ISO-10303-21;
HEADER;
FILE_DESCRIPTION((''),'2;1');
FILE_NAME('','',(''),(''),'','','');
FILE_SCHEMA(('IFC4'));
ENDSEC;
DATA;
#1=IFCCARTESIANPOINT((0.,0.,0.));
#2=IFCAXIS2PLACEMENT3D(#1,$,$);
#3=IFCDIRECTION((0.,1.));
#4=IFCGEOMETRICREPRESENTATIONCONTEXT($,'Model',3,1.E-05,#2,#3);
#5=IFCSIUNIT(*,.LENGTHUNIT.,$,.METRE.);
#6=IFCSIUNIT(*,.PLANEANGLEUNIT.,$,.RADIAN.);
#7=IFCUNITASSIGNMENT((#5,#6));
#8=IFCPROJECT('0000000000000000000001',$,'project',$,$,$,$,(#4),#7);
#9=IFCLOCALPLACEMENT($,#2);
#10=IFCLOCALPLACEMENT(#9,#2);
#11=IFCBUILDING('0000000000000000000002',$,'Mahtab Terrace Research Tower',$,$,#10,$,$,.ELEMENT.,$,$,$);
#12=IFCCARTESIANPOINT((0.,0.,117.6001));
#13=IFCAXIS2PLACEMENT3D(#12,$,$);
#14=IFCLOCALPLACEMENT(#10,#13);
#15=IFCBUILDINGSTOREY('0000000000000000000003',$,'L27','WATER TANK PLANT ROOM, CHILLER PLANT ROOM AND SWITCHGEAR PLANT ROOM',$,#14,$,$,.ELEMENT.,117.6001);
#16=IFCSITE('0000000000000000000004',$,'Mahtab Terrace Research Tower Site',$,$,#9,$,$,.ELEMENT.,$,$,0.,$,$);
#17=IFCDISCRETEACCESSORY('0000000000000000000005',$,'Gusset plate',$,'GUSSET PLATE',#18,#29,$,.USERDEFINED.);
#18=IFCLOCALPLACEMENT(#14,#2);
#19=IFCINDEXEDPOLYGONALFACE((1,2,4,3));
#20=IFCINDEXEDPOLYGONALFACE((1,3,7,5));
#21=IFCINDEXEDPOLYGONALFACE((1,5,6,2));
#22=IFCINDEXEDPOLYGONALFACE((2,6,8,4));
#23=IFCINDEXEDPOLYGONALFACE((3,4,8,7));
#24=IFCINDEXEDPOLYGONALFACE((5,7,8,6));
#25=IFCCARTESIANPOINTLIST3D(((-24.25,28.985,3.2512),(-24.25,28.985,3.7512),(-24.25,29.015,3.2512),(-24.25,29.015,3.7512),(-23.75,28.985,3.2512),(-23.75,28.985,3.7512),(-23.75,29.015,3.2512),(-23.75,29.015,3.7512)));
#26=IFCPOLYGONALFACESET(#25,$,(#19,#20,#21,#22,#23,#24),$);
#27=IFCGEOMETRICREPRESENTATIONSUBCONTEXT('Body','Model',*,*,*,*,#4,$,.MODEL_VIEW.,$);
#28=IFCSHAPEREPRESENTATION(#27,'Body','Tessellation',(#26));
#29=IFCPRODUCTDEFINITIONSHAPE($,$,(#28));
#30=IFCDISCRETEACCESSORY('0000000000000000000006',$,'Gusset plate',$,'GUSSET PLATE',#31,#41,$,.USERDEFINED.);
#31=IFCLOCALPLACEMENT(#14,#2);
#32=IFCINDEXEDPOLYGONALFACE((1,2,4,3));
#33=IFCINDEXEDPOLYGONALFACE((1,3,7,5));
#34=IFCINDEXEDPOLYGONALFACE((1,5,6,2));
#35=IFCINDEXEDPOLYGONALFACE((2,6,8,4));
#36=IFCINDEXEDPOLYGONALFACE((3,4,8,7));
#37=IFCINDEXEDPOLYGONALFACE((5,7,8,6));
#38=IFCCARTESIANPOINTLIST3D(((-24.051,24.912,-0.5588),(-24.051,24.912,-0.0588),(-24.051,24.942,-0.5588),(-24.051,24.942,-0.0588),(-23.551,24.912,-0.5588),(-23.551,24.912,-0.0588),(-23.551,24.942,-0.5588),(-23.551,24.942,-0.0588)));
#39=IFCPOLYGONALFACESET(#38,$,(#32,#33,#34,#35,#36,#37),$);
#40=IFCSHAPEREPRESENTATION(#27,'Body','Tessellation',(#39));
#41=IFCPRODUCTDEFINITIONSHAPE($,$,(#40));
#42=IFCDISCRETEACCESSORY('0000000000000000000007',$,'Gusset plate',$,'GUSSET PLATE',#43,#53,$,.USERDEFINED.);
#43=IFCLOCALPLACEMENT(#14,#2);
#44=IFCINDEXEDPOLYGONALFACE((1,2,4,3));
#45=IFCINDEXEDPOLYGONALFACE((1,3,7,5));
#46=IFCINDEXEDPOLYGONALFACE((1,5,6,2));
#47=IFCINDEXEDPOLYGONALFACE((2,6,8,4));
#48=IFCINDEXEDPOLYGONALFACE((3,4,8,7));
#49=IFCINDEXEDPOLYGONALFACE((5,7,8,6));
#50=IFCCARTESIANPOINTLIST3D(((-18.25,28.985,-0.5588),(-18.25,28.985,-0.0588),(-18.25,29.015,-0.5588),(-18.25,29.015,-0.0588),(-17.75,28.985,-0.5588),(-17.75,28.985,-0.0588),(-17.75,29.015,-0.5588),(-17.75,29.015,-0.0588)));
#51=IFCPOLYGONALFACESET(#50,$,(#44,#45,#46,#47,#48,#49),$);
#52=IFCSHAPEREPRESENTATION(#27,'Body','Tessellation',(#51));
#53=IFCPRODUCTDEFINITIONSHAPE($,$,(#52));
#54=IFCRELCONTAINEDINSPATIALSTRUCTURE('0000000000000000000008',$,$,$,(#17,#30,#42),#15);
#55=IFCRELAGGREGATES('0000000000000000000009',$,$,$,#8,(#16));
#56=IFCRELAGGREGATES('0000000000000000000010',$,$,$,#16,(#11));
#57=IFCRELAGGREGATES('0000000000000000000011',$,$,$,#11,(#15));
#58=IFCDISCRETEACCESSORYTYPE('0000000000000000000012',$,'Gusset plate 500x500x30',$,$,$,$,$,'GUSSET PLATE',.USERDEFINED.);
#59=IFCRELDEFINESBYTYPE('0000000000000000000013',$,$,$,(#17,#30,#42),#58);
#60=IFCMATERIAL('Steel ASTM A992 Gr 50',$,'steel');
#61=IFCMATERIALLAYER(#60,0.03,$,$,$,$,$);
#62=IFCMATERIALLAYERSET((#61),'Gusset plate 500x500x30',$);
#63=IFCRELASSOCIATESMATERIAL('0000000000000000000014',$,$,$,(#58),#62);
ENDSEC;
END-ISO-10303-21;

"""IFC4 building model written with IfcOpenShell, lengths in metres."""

from ifc_helpers import new_model, si_unit, direction, frame, origin, origin_2d, place, context, subcontext, project, spatial, rectangle, extrude, material, layer, layer_set, type_object, element, save


model = new_model("IFC4")

# Units and contexts
model_context = context("Model", 3, precision=1e-05, world=origin(), true_north=direction((0.0, 1.0)))
body_context = subcontext(model_context, "Body", "Model", "MODEL_VIEW")
ifc_project = project(units=[si_unit("LENGTHUNIT", "METRE"), si_unit("PLANEANGLEUNIT", "RADIAN")], contexts=[model_context])

# Site, building, storey
site_placement = place(None, origin())
site = spatial("IfcSite", under=ifc_project, at=site_placement, Name="Mahtab Terrace Research Tower Site", CompositionType="ELEMENT", RefElevation=0.0)
building_placement = place(site_placement, origin())
building = spatial("IfcBuilding", under=site, at=building_placement, Name="Mahtab Terrace Research Tower", CompositionType="ELEMENT")
storey_placement = place(building_placement, frame((0.0, 0.0, 117.6001)))
storey = spatial("IfcBuildingStorey", under=building, at=storey_placement, Name="L27", Description="WATER TANK PLANT ROOM, CHILLER PLANT ROOM AND SWITCHGEAR PLANT ROOM", CompositionType="ELEMENT", Elevation=117.6001)

# Shared definitions
ifc_material_1 = material(Name="Steel ASTM A992 Gr 50", Category="steel")

# Discrete accessories
ifc_layer = layer(ifc_material_1, 0.03)
ifc_layer_set = layer_set([ifc_layer], Name="Gusset plate 500x500x30")
discrete_accessory_type_1 = type_object("IfcDiscreteAccessoryType", Name="Gusset plate 500x500x30", ElementType="GUSSET PLATE", PredefinedType="USERDEFINED", material=ifc_layer_set)
for number, where, z_axis, x_axis, name in (
    (1, (-24.0, 29.0, 3.2512), (0.0, 0.0, 1.0), (1.0, 0.0, 0.0), "Gusset plate"),
    (2, (-23.801, 24.927, -0.5588), (0.0, 0.0, 1.0), (1.0, 0.0, 0.0), "Gusset plate"),
    (3, (-18.0, 29.0, -0.5588), (0.0, 0.0, 1.0), (1.0, 0.0, 0.0), "Gusset plate"),
):
    element("IfcDiscreteAccessory", number, at=place(storey_placement, frame(where, z_axis=z_axis, x_axis=x_axis)), inside=storey, type_object=discrete_accessory_type_1, Name=name, ObjectType="GUSSET PLATE", PredefinedType="USERDEFINED", context=body_context, shape_type="SweptSolid", body=[
        extrude(rectangle(XDim=0.5, YDim=0.03, at=origin_2d()), origin(), (0.0, 0.0, 1.0), 0.5),
    ])

save(model, "model.ifc")
